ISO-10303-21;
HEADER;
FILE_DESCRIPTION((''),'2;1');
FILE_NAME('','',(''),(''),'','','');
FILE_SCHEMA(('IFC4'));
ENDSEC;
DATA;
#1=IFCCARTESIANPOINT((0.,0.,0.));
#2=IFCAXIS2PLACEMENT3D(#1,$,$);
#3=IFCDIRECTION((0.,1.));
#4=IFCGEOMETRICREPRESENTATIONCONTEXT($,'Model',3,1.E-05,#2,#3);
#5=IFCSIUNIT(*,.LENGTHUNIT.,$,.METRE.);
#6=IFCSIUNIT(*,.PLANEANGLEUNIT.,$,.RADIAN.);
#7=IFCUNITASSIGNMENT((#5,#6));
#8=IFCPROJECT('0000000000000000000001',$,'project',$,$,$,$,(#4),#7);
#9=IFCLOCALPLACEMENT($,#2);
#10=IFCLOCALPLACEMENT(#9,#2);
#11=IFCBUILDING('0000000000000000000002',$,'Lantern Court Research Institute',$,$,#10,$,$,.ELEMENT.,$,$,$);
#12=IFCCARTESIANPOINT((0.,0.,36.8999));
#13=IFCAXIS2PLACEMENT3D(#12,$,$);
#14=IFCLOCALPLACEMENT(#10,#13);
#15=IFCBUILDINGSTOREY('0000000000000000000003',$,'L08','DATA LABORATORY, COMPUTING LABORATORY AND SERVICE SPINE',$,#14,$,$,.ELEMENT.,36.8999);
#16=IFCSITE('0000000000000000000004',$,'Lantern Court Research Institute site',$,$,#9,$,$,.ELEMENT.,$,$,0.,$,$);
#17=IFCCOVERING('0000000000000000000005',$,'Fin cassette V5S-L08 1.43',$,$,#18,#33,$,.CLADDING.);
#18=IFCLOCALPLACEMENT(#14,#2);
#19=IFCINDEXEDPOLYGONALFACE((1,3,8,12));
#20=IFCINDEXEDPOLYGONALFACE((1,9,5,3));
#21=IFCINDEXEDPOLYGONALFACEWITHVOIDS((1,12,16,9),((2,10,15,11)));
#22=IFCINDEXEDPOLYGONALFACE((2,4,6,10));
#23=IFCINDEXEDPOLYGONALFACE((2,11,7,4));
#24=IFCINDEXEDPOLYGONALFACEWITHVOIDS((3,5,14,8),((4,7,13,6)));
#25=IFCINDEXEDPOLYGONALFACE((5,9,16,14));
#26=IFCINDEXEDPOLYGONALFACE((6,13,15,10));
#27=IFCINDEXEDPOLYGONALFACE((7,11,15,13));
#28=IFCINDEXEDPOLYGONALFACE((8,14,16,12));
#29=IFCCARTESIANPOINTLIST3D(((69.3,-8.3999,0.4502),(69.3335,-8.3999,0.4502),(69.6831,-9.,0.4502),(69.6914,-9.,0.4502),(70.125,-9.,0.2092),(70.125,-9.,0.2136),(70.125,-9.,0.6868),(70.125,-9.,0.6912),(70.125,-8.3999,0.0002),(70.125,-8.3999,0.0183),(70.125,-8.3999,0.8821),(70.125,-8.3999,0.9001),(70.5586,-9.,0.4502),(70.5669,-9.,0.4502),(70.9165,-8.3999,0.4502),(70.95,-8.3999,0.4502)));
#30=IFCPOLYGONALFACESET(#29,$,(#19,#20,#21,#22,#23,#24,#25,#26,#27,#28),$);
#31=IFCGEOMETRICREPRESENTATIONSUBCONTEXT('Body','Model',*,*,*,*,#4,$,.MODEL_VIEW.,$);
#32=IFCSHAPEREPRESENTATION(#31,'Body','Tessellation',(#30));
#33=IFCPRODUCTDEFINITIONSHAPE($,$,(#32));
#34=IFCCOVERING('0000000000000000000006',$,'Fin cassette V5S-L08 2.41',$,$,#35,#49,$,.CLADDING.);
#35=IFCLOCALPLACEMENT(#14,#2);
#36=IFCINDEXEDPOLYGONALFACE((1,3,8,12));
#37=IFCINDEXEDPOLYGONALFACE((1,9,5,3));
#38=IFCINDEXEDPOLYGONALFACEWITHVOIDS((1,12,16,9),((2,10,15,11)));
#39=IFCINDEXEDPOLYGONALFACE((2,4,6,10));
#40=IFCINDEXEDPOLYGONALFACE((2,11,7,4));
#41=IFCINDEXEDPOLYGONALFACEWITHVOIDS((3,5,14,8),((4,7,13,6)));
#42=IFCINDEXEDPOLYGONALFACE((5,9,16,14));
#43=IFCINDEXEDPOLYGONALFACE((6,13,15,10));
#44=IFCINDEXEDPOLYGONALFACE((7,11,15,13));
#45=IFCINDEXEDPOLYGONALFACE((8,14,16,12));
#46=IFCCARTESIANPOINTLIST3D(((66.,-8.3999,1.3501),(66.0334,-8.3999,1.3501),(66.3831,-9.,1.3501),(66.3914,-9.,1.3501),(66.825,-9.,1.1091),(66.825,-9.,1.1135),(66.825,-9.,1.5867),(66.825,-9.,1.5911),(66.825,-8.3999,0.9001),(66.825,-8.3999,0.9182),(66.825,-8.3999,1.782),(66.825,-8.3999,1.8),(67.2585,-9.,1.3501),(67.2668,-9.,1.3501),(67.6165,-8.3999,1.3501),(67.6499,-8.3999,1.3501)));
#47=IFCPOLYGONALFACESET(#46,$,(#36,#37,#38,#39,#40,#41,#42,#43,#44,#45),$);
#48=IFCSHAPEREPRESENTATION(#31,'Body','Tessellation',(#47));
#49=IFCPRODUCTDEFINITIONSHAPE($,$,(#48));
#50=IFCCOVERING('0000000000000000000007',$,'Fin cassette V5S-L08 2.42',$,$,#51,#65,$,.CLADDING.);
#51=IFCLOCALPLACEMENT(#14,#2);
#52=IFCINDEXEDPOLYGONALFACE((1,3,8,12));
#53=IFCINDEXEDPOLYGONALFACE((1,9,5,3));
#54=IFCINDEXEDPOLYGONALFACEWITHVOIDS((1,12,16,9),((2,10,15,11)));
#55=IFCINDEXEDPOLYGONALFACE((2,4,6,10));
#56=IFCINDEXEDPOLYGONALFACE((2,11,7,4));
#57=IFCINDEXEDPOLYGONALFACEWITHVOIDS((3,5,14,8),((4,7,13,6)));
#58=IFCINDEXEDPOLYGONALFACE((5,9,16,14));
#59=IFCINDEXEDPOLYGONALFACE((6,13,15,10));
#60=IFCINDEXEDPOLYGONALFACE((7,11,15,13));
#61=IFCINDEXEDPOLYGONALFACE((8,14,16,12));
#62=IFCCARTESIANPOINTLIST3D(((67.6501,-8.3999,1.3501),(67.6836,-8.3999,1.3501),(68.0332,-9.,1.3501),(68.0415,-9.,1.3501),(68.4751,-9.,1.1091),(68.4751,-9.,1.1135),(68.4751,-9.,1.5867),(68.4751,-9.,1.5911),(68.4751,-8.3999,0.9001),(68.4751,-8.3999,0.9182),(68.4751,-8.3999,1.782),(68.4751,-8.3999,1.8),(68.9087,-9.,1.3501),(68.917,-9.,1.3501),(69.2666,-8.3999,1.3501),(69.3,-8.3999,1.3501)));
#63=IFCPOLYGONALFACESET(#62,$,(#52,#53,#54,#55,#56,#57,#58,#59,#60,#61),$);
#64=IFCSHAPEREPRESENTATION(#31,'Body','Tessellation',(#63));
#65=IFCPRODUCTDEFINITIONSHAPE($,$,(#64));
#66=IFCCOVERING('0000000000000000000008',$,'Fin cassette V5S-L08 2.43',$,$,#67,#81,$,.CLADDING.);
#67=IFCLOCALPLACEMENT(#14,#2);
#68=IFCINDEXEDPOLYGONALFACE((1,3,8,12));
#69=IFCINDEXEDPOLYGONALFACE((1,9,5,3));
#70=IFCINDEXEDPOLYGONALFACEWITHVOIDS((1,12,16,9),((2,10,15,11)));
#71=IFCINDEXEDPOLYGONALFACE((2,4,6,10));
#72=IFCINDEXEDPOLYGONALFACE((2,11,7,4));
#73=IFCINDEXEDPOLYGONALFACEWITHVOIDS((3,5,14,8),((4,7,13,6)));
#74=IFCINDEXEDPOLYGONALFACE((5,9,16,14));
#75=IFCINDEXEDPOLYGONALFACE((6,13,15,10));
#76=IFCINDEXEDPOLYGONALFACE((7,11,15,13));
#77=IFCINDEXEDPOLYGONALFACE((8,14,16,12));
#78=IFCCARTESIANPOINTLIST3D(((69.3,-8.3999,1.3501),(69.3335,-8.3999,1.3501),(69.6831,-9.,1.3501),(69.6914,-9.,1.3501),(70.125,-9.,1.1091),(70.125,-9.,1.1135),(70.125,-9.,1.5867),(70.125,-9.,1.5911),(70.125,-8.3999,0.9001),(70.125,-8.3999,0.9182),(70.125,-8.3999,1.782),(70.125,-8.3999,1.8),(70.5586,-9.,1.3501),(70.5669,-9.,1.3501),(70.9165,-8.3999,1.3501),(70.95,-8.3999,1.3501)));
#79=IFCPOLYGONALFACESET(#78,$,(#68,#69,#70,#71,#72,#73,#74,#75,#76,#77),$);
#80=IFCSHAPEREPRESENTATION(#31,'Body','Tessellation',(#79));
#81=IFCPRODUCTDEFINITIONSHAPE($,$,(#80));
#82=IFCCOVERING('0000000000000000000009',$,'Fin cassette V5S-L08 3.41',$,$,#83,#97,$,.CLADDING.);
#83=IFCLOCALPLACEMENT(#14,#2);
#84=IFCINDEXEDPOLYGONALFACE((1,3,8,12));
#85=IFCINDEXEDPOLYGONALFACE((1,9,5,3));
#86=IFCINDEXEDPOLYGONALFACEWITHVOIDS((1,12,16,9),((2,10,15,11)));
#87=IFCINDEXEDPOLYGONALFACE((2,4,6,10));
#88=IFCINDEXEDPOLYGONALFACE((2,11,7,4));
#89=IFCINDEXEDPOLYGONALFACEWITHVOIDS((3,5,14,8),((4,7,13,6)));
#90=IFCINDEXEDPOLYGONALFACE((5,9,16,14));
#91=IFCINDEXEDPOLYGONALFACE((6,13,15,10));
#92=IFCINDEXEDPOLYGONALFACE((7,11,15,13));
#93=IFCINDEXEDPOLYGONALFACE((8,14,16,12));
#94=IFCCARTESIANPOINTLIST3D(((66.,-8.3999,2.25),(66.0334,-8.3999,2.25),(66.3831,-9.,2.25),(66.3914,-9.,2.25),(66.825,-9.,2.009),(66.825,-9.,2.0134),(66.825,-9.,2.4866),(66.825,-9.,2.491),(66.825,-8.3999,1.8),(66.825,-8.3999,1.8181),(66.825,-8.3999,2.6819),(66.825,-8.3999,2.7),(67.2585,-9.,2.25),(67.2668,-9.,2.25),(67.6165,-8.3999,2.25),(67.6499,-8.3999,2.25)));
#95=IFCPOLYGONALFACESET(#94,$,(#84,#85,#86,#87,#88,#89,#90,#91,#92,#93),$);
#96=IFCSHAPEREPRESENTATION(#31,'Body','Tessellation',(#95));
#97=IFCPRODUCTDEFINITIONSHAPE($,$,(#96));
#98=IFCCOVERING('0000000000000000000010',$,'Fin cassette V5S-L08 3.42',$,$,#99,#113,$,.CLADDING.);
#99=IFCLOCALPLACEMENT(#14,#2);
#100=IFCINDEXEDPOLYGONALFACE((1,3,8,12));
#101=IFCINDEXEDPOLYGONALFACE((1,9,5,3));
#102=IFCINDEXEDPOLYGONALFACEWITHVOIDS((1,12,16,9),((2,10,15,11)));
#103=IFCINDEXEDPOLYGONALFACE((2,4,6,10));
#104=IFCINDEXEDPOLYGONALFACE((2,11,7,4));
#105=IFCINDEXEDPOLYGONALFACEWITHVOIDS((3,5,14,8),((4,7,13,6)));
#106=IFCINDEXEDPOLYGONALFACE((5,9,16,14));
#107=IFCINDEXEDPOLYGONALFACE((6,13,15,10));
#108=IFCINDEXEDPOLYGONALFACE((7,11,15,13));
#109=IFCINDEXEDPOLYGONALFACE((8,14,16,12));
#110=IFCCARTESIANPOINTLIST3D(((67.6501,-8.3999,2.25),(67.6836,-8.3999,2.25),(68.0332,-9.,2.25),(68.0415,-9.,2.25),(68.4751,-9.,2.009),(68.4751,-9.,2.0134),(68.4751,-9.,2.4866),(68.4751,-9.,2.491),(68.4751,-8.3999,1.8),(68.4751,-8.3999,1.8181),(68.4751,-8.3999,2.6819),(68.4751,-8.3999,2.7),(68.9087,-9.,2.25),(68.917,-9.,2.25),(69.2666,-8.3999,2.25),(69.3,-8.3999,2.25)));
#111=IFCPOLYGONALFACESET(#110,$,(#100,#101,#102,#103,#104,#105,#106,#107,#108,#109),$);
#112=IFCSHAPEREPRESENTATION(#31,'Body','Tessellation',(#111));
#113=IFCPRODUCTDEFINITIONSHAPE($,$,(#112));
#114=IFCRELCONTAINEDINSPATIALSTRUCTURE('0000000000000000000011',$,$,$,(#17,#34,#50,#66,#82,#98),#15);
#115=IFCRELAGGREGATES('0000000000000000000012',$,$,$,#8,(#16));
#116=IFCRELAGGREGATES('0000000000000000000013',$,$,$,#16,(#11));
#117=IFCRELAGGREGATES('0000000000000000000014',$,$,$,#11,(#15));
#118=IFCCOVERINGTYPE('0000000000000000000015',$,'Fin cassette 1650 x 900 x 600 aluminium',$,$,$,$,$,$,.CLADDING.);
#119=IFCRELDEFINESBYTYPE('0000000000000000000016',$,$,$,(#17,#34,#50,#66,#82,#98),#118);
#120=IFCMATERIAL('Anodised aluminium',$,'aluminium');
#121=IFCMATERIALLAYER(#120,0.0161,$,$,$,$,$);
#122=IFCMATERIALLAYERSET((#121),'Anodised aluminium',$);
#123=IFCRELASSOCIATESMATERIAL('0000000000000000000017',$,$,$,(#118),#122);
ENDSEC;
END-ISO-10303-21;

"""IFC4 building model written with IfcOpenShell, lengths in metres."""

from ifc_helpers import new_model, entity, si_unit, direction, frame, origin, place, context, subcontext, project, spatial, material, layer, layer_set, type_object, element, save


model = new_model("IFC4")

# Units and contexts
model_context = context("Model", 3, precision=1e-05, world=origin(), true_north=direction((0.0, 1.0)))
body_context = subcontext(model_context, "Body", "Model", "MODEL_VIEW")
ifc_project = project(units=[si_unit("LENGTHUNIT", "METRE"), si_unit("PLANEANGLEUNIT", "RADIAN")], contexts=[model_context])

# Site, building, storey
site_placement = place(None, origin())
site = spatial("IfcSite", under=ifc_project, at=site_placement, Name="Lantern Court Research Institute site", CompositionType="ELEMENT", RefElevation=0.0)
building_placement = place(site_placement, origin())
building = spatial("IfcBuilding", under=site, at=building_placement, Name="Lantern Court Research Institute", CompositionType="ELEMENT")
storey_placement = place(building_placement, frame((0.0, 0.0, 36.8999)))
storey = spatial("IfcBuildingStorey", under=building, at=storey_placement, Name="L08", Description="DATA LABORATORY, COMPUTING LABORATORY AND SERVICE SPINE", CompositionType="ELEMENT", Elevation=36.8999)

# Coverings
ifc_material_1 = material(Name="Anodised aluminium", Category="aluminium")
ifc_layer_1 = layer(ifc_material_1, 0.0161)
ifc_layer_set_1 = layer_set([ifc_layer_1], Name="Anodised aluminium")
covering_type = type_object("IfcCoveringType", Name="Fin cassette 1650 x 900 x 600 aluminium", PredefinedType="CLADDING", material=ifc_layer_set_1)
covering_1_placement = place(storey_placement, frame((70.125, -8.3999, 0.4502), z_axis=(0.0, -1.0, 0.0), x_axis=(1.0, 0.0, 0.0)))
cartesian_point_1 = entity("IfcCartesianPoint", [0.825, 0.0])
cartesian_point_2 = entity("IfcCartesianPoint", [0.7915, 0.0])
cartesian_point_3 = entity("IfcCartesianPoint", [0.4419, 0.0])
cartesian_point_4 = entity("IfcCartesianPoint", [0.4336, 0.0])
element("IfcCovering", 1, at=covering_1_placement, inside=storey, type_object=covering_type, Name="Fin cassette V5S-L08 1.43", PredefinedType="CLADDING", context=body_context, shape_type="SweptSolid", body=[
    entity("IfcExtrudedAreaSolidTapered", entity("IfcArbitraryProfileDefWithVoids", "AREA", None, entity("IfcPolyline", [cartesian_point_1, entity("IfcCartesianPoint", [0.0, 0.45]), entity("IfcCartesianPoint", [-0.825, 0.0]), entity("IfcCartesianPoint", [0.0, -0.45]), cartesian_point_1]), [entity("IfcPolyline", [cartesian_point_2, entity("IfcCartesianPoint", [0.0, 0.4319]), entity("IfcCartesianPoint", [-0.7915, 0.0]), entity("IfcCartesianPoint", [0.0, -0.4319]), cartesian_point_2])]), entity("IfcAxis2Placement3D", entity("IfcCartesianPoint", [0.0, 0.0, 0.0])), entity("IfcDirection", [0.0, 0.0, 1.0]), 0.6001, entity("IfcArbitraryProfileDefWithVoids", "AREA", None, entity("IfcPolyline", [cartesian_point_3, entity("IfcCartesianPoint", [0.0, 0.241]), entity("IfcCartesianPoint", [-0.4419, 0.0]), entity("IfcCartesianPoint", [0.0, -0.241]), cartesian_point_3]), [entity("IfcPolyline", [cartesian_point_4, entity("IfcCartesianPoint", [0.0, 0.2366]), entity("IfcCartesianPoint", [-0.4336, 0.0]), entity("IfcCartesianPoint", [0.0, -0.2366]), cartesian_point_4])])),
])
covering_2_placement = place(storey_placement, frame((66.825, -8.3999, 1.3501), z_axis=(0.0, -1.0, 0.0), x_axis=(1.0, 0.0, 0.0)))
cartesian_point_5 = entity("IfcCartesianPoint", [0.825, 0.0])
cartesian_point_6 = entity("IfcCartesianPoint", [0.7915, 0.0])
cartesian_point_7 = entity("IfcCartesianPoint", [0.4419, 0.0])
cartesian_point_8 = entity("IfcCartesianPoint", [0.4336, 0.0])
element("IfcCovering", 2, at=covering_2_placement, inside=storey, type_object=covering_type, Name="Fin cassette V5S-L08 2.41", PredefinedType="CLADDING", context=body_context, shape_type="SweptSolid", body=[
    entity("IfcExtrudedAreaSolidTapered", entity("IfcArbitraryProfileDefWithVoids", "AREA", None, entity("IfcPolyline", [cartesian_point_5, entity("IfcCartesianPoint", [0.0, 0.45]), entity("IfcCartesianPoint", [-0.825, 0.0]), entity("IfcCartesianPoint", [0.0, -0.45]), cartesian_point_5]), [entity("IfcPolyline", [cartesian_point_6, entity("IfcCartesianPoint", [0.0, 0.4319]), entity("IfcCartesianPoint", [-0.7915, 0.0]), entity("IfcCartesianPoint", [0.0, -0.4319]), cartesian_point_6])]), entity("IfcAxis2Placement3D", entity("IfcCartesianPoint", [0.0, 0.0, 0.0])), entity("IfcDirection", [0.0, 0.0, 1.0]), 0.6001, entity("IfcArbitraryProfileDefWithVoids", "AREA", None, entity("IfcPolyline", [cartesian_point_7, entity("IfcCartesianPoint", [0.0, 0.241]), entity("IfcCartesianPoint", [-0.4419, 0.0]), entity("IfcCartesianPoint", [0.0, -0.241]), cartesian_point_7]), [entity("IfcPolyline", [cartesian_point_8, entity("IfcCartesianPoint", [0.0, 0.2366]), entity("IfcCartesianPoint", [-0.4336, 0.0]), entity("IfcCartesianPoint", [0.0, -0.2366]), cartesian_point_8])])),
])
covering_3_placement = place(storey_placement, frame((68.4751, -8.3999, 1.3501), z_axis=(0.0, -1.0, 0.0), x_axis=(1.0, 0.0, 0.0)))
cartesian_point_9 = entity("IfcCartesianPoint", [0.825, 0.0])
cartesian_point_10 = entity("IfcCartesianPoint", [0.7915, 0.0])
cartesian_point_11 = entity("IfcCartesianPoint", [0.4419, 0.0])
cartesian_point_12 = entity("IfcCartesianPoint", [0.4336, 0.0])
element("IfcCovering", 3, at=covering_3_placement, inside=storey, type_object=covering_type, Name="Fin cassette V5S-L08 2.42", PredefinedType="CLADDING", context=body_context, shape_type="SweptSolid", body=[
    entity("IfcExtrudedAreaSolidTapered", entity("IfcArbitraryProfileDefWithVoids", "AREA", None, entity("IfcPolyline", [cartesian_point_9, entity("IfcCartesianPoint", [0.0, 0.45]), entity("IfcCartesianPoint", [-0.825, 0.0]), entity("IfcCartesianPoint", [0.0, -0.45]), cartesian_point_9]), [entity("IfcPolyline", [cartesian_point_10, entity("IfcCartesianPoint", [0.0, 0.4319]), entity("IfcCartesianPoint", [-0.7915, 0.0]), entity("IfcCartesianPoint", [0.0, -0.4319]), cartesian_point_10])]), entity("IfcAxis2Placement3D", entity("IfcCartesianPoint", [0.0, 0.0, 0.0])), entity("IfcDirection", [0.0, 0.0, 1.0]), 0.6001, entity("IfcArbitraryProfileDefWithVoids", "AREA", None, entity("IfcPolyline", [cartesian_point_11, entity("IfcCartesianPoint", [0.0, 0.241]), entity("IfcCartesianPoint", [-0.4419, 0.0]), entity("IfcCartesianPoint", [0.0, -0.241]), cartesian_point_11]), [entity("IfcPolyline", [cartesian_point_12, entity("IfcCartesianPoint", [0.0, 0.2366]), entity("IfcCartesianPoint", [-0.4336, 0.0]), entity("IfcCartesianPoint", [0.0, -0.2366]), cartesian_point_12])])),
])
covering_4_placement = place(storey_placement, frame((70.125, -8.3999, 1.3501), z_axis=(0.0, -1.0, 0.0), x_axis=(1.0, 0.0, 0.0)))
cartesian_point_13 = entity("IfcCartesianPoint", [0.825, 0.0])
cartesian_point_14 = entity("IfcCartesianPoint", [0.7915, 0.0])
cartesian_point_15 = entity("IfcCartesianPoint", [0.4419, 0.0])
cartesian_point_16 = entity("IfcCartesianPoint", [0.4336, 0.0])
element("IfcCovering", 4, at=covering_4_placement, inside=storey, type_object=covering_type, Name="Fin cassette V5S-L08 2.43", PredefinedType="CLADDING", context=body_context, shape_type="SweptSolid", body=[
    entity("IfcExtrudedAreaSolidTapered", entity("IfcArbitraryProfileDefWithVoids", "AREA", None, entity("IfcPolyline", [cartesian_point_13, entity("IfcCartesianPoint", [0.0, 0.45]), entity("IfcCartesianPoint", [-0.825, 0.0]), entity("IfcCartesianPoint", [0.0, -0.45]), cartesian_point_13]), [entity("IfcPolyline", [cartesian_point_14, entity("IfcCartesianPoint", [0.0, 0.4319]), entity("IfcCartesianPoint", [-0.7915, 0.0]), entity("IfcCartesianPoint", [0.0, -0.4319]), cartesian_point_14])]), entity("IfcAxis2Placement3D", entity("IfcCartesianPoint", [0.0, 0.0, 0.0])), entity("IfcDirection", [0.0, 0.0, 1.0]), 0.6001, entity("IfcArbitraryProfileDefWithVoids", "AREA", None, entity("IfcPolyline", [cartesian_point_15, entity("IfcCartesianPoint", [0.0, 0.241]), entity("IfcCartesianPoint", [-0.4419, 0.0]), entity("IfcCartesianPoint", [0.0, -0.241]), cartesian_point_15]), [entity("IfcPolyline", [cartesian_point_16, entity("IfcCartesianPoint", [0.0, 0.2366]), entity("IfcCartesianPoint", [-0.4336, 0.0]), entity("IfcCartesianPoint", [0.0, -0.2366]), cartesian_point_16])])),
])
covering_5_placement = place(storey_placement, frame((66.825, -8.3999, 2.25), z_axis=(0.0, -1.0, 0.0), x_axis=(1.0, 0.0, 0.0)))
cartesian_point_17 = entity("IfcCartesianPoint", [0.825, 0.0])
cartesian_point_18 = entity("IfcCartesianPoint", [0.7915, 0.0])
cartesian_point_19 = entity("IfcCartesianPoint", [0.4419, 0.0])
cartesian_point_20 = entity("IfcCartesianPoint", [0.4336, 0.0])
element("IfcCovering", 5, at=covering_5_placement, inside=storey, type_object=covering_type, Name="Fin cassette V5S-L08 3.41", PredefinedType="CLADDING", context=body_context, shape_type="SweptSolid", body=[
    entity("IfcExtrudedAreaSolidTapered", entity("IfcArbitraryProfileDefWithVoids", "AREA", None, entity("IfcPolyline", [cartesian_point_17, entity("IfcCartesianPoint", [0.0, 0.45]), entity("IfcCartesianPoint", [-0.825, 0.0]), entity("IfcCartesianPoint", [0.0, -0.45]), cartesian_point_17]), [entity("IfcPolyline", [cartesian_point_18, entity("IfcCartesianPoint", [0.0, 0.4319]), entity("IfcCartesianPoint", [-0.7915, 0.0]), entity("IfcCartesianPoint", [0.0, -0.4319]), cartesian_point_18])]), entity("IfcAxis2Placement3D", entity("IfcCartesianPoint", [0.0, 0.0, 0.0])), entity("IfcDirection", [0.0, 0.0, 1.0]), 0.6001, entity("IfcArbitraryProfileDefWithVoids", "AREA", None, entity("IfcPolyline", [cartesian_point_19, entity("IfcCartesianPoint", [0.0, 0.241]), entity("IfcCartesianPoint", [-0.4419, 0.0]), entity("IfcCartesianPoint", [0.0, -0.241]), cartesian_point_19]), [entity("IfcPolyline", [cartesian_point_20, entity("IfcCartesianPoint", [0.0, 0.2366]), entity("IfcCartesianPoint", [-0.4336, 0.0]), entity("IfcCartesianPoint", [0.0, -0.2366]), cartesian_point_20])])),
])
covering_6_placement = place(storey_placement, frame((68.4751, -8.3999, 2.25), z_axis=(0.0, -1.0, 0.0), x_axis=(1.0, 0.0, 0.0)))
cartesian_point_21 = entity("IfcCartesianPoint", [0.825, 0.0])
cartesian_point_22 = entity("IfcCartesianPoint", [0.7915, 0.0])
cartesian_point_23 = entity("IfcCartesianPoint", [0.4419, 0.0])
cartesian_point_24 = entity("IfcCartesianPoint", [0.4336, 0.0])
element("IfcCovering", 6, at=covering_6_placement, inside=storey, type_object=covering_type, Name="Fin cassette V5S-L08 3.42", PredefinedType="CLADDING", context=body_context, shape_type="SweptSolid", body=[
    entity("IfcExtrudedAreaSolidTapered", entity("IfcArbitraryProfileDefWithVoids", "AREA", None, entity("IfcPolyline", [cartesian_point_21, entity("IfcCartesianPoint", [0.0, 0.45]), entity("IfcCartesianPoint", [-0.825, 0.0]), entity("IfcCartesianPoint", [0.0, -0.45]), cartesian_point_21]), [entity("IfcPolyline", [cartesian_point_22, entity("IfcCartesianPoint", [0.0, 0.4319]), entity("IfcCartesianPoint", [-0.7915, 0.0]), entity("IfcCartesianPoint", [0.0, -0.4319]), cartesian_point_22])]), entity("IfcAxis2Placement3D", entity("IfcCartesianPoint", [0.0, 0.0, 0.0])), entity("IfcDirection", [0.0, 0.0, 1.0]), 0.6001, entity("IfcArbitraryProfileDefWithVoids", "AREA", None, entity("IfcPolyline", [cartesian_point_23, entity("IfcCartesianPoint", [0.0, 0.241]), entity("IfcCartesianPoint", [-0.4419, 0.0]), entity("IfcCartesianPoint", [0.0, -0.241]), cartesian_point_23]), [entity("IfcPolyline", [cartesian_point_24, entity("IfcCartesianPoint", [0.0, 0.2366]), entity("IfcCartesianPoint", [-0.4336, 0.0]), entity("IfcCartesianPoint", [0.0, -0.2366]), cartesian_point_24])])),
])

save(model, "model.ifc")
